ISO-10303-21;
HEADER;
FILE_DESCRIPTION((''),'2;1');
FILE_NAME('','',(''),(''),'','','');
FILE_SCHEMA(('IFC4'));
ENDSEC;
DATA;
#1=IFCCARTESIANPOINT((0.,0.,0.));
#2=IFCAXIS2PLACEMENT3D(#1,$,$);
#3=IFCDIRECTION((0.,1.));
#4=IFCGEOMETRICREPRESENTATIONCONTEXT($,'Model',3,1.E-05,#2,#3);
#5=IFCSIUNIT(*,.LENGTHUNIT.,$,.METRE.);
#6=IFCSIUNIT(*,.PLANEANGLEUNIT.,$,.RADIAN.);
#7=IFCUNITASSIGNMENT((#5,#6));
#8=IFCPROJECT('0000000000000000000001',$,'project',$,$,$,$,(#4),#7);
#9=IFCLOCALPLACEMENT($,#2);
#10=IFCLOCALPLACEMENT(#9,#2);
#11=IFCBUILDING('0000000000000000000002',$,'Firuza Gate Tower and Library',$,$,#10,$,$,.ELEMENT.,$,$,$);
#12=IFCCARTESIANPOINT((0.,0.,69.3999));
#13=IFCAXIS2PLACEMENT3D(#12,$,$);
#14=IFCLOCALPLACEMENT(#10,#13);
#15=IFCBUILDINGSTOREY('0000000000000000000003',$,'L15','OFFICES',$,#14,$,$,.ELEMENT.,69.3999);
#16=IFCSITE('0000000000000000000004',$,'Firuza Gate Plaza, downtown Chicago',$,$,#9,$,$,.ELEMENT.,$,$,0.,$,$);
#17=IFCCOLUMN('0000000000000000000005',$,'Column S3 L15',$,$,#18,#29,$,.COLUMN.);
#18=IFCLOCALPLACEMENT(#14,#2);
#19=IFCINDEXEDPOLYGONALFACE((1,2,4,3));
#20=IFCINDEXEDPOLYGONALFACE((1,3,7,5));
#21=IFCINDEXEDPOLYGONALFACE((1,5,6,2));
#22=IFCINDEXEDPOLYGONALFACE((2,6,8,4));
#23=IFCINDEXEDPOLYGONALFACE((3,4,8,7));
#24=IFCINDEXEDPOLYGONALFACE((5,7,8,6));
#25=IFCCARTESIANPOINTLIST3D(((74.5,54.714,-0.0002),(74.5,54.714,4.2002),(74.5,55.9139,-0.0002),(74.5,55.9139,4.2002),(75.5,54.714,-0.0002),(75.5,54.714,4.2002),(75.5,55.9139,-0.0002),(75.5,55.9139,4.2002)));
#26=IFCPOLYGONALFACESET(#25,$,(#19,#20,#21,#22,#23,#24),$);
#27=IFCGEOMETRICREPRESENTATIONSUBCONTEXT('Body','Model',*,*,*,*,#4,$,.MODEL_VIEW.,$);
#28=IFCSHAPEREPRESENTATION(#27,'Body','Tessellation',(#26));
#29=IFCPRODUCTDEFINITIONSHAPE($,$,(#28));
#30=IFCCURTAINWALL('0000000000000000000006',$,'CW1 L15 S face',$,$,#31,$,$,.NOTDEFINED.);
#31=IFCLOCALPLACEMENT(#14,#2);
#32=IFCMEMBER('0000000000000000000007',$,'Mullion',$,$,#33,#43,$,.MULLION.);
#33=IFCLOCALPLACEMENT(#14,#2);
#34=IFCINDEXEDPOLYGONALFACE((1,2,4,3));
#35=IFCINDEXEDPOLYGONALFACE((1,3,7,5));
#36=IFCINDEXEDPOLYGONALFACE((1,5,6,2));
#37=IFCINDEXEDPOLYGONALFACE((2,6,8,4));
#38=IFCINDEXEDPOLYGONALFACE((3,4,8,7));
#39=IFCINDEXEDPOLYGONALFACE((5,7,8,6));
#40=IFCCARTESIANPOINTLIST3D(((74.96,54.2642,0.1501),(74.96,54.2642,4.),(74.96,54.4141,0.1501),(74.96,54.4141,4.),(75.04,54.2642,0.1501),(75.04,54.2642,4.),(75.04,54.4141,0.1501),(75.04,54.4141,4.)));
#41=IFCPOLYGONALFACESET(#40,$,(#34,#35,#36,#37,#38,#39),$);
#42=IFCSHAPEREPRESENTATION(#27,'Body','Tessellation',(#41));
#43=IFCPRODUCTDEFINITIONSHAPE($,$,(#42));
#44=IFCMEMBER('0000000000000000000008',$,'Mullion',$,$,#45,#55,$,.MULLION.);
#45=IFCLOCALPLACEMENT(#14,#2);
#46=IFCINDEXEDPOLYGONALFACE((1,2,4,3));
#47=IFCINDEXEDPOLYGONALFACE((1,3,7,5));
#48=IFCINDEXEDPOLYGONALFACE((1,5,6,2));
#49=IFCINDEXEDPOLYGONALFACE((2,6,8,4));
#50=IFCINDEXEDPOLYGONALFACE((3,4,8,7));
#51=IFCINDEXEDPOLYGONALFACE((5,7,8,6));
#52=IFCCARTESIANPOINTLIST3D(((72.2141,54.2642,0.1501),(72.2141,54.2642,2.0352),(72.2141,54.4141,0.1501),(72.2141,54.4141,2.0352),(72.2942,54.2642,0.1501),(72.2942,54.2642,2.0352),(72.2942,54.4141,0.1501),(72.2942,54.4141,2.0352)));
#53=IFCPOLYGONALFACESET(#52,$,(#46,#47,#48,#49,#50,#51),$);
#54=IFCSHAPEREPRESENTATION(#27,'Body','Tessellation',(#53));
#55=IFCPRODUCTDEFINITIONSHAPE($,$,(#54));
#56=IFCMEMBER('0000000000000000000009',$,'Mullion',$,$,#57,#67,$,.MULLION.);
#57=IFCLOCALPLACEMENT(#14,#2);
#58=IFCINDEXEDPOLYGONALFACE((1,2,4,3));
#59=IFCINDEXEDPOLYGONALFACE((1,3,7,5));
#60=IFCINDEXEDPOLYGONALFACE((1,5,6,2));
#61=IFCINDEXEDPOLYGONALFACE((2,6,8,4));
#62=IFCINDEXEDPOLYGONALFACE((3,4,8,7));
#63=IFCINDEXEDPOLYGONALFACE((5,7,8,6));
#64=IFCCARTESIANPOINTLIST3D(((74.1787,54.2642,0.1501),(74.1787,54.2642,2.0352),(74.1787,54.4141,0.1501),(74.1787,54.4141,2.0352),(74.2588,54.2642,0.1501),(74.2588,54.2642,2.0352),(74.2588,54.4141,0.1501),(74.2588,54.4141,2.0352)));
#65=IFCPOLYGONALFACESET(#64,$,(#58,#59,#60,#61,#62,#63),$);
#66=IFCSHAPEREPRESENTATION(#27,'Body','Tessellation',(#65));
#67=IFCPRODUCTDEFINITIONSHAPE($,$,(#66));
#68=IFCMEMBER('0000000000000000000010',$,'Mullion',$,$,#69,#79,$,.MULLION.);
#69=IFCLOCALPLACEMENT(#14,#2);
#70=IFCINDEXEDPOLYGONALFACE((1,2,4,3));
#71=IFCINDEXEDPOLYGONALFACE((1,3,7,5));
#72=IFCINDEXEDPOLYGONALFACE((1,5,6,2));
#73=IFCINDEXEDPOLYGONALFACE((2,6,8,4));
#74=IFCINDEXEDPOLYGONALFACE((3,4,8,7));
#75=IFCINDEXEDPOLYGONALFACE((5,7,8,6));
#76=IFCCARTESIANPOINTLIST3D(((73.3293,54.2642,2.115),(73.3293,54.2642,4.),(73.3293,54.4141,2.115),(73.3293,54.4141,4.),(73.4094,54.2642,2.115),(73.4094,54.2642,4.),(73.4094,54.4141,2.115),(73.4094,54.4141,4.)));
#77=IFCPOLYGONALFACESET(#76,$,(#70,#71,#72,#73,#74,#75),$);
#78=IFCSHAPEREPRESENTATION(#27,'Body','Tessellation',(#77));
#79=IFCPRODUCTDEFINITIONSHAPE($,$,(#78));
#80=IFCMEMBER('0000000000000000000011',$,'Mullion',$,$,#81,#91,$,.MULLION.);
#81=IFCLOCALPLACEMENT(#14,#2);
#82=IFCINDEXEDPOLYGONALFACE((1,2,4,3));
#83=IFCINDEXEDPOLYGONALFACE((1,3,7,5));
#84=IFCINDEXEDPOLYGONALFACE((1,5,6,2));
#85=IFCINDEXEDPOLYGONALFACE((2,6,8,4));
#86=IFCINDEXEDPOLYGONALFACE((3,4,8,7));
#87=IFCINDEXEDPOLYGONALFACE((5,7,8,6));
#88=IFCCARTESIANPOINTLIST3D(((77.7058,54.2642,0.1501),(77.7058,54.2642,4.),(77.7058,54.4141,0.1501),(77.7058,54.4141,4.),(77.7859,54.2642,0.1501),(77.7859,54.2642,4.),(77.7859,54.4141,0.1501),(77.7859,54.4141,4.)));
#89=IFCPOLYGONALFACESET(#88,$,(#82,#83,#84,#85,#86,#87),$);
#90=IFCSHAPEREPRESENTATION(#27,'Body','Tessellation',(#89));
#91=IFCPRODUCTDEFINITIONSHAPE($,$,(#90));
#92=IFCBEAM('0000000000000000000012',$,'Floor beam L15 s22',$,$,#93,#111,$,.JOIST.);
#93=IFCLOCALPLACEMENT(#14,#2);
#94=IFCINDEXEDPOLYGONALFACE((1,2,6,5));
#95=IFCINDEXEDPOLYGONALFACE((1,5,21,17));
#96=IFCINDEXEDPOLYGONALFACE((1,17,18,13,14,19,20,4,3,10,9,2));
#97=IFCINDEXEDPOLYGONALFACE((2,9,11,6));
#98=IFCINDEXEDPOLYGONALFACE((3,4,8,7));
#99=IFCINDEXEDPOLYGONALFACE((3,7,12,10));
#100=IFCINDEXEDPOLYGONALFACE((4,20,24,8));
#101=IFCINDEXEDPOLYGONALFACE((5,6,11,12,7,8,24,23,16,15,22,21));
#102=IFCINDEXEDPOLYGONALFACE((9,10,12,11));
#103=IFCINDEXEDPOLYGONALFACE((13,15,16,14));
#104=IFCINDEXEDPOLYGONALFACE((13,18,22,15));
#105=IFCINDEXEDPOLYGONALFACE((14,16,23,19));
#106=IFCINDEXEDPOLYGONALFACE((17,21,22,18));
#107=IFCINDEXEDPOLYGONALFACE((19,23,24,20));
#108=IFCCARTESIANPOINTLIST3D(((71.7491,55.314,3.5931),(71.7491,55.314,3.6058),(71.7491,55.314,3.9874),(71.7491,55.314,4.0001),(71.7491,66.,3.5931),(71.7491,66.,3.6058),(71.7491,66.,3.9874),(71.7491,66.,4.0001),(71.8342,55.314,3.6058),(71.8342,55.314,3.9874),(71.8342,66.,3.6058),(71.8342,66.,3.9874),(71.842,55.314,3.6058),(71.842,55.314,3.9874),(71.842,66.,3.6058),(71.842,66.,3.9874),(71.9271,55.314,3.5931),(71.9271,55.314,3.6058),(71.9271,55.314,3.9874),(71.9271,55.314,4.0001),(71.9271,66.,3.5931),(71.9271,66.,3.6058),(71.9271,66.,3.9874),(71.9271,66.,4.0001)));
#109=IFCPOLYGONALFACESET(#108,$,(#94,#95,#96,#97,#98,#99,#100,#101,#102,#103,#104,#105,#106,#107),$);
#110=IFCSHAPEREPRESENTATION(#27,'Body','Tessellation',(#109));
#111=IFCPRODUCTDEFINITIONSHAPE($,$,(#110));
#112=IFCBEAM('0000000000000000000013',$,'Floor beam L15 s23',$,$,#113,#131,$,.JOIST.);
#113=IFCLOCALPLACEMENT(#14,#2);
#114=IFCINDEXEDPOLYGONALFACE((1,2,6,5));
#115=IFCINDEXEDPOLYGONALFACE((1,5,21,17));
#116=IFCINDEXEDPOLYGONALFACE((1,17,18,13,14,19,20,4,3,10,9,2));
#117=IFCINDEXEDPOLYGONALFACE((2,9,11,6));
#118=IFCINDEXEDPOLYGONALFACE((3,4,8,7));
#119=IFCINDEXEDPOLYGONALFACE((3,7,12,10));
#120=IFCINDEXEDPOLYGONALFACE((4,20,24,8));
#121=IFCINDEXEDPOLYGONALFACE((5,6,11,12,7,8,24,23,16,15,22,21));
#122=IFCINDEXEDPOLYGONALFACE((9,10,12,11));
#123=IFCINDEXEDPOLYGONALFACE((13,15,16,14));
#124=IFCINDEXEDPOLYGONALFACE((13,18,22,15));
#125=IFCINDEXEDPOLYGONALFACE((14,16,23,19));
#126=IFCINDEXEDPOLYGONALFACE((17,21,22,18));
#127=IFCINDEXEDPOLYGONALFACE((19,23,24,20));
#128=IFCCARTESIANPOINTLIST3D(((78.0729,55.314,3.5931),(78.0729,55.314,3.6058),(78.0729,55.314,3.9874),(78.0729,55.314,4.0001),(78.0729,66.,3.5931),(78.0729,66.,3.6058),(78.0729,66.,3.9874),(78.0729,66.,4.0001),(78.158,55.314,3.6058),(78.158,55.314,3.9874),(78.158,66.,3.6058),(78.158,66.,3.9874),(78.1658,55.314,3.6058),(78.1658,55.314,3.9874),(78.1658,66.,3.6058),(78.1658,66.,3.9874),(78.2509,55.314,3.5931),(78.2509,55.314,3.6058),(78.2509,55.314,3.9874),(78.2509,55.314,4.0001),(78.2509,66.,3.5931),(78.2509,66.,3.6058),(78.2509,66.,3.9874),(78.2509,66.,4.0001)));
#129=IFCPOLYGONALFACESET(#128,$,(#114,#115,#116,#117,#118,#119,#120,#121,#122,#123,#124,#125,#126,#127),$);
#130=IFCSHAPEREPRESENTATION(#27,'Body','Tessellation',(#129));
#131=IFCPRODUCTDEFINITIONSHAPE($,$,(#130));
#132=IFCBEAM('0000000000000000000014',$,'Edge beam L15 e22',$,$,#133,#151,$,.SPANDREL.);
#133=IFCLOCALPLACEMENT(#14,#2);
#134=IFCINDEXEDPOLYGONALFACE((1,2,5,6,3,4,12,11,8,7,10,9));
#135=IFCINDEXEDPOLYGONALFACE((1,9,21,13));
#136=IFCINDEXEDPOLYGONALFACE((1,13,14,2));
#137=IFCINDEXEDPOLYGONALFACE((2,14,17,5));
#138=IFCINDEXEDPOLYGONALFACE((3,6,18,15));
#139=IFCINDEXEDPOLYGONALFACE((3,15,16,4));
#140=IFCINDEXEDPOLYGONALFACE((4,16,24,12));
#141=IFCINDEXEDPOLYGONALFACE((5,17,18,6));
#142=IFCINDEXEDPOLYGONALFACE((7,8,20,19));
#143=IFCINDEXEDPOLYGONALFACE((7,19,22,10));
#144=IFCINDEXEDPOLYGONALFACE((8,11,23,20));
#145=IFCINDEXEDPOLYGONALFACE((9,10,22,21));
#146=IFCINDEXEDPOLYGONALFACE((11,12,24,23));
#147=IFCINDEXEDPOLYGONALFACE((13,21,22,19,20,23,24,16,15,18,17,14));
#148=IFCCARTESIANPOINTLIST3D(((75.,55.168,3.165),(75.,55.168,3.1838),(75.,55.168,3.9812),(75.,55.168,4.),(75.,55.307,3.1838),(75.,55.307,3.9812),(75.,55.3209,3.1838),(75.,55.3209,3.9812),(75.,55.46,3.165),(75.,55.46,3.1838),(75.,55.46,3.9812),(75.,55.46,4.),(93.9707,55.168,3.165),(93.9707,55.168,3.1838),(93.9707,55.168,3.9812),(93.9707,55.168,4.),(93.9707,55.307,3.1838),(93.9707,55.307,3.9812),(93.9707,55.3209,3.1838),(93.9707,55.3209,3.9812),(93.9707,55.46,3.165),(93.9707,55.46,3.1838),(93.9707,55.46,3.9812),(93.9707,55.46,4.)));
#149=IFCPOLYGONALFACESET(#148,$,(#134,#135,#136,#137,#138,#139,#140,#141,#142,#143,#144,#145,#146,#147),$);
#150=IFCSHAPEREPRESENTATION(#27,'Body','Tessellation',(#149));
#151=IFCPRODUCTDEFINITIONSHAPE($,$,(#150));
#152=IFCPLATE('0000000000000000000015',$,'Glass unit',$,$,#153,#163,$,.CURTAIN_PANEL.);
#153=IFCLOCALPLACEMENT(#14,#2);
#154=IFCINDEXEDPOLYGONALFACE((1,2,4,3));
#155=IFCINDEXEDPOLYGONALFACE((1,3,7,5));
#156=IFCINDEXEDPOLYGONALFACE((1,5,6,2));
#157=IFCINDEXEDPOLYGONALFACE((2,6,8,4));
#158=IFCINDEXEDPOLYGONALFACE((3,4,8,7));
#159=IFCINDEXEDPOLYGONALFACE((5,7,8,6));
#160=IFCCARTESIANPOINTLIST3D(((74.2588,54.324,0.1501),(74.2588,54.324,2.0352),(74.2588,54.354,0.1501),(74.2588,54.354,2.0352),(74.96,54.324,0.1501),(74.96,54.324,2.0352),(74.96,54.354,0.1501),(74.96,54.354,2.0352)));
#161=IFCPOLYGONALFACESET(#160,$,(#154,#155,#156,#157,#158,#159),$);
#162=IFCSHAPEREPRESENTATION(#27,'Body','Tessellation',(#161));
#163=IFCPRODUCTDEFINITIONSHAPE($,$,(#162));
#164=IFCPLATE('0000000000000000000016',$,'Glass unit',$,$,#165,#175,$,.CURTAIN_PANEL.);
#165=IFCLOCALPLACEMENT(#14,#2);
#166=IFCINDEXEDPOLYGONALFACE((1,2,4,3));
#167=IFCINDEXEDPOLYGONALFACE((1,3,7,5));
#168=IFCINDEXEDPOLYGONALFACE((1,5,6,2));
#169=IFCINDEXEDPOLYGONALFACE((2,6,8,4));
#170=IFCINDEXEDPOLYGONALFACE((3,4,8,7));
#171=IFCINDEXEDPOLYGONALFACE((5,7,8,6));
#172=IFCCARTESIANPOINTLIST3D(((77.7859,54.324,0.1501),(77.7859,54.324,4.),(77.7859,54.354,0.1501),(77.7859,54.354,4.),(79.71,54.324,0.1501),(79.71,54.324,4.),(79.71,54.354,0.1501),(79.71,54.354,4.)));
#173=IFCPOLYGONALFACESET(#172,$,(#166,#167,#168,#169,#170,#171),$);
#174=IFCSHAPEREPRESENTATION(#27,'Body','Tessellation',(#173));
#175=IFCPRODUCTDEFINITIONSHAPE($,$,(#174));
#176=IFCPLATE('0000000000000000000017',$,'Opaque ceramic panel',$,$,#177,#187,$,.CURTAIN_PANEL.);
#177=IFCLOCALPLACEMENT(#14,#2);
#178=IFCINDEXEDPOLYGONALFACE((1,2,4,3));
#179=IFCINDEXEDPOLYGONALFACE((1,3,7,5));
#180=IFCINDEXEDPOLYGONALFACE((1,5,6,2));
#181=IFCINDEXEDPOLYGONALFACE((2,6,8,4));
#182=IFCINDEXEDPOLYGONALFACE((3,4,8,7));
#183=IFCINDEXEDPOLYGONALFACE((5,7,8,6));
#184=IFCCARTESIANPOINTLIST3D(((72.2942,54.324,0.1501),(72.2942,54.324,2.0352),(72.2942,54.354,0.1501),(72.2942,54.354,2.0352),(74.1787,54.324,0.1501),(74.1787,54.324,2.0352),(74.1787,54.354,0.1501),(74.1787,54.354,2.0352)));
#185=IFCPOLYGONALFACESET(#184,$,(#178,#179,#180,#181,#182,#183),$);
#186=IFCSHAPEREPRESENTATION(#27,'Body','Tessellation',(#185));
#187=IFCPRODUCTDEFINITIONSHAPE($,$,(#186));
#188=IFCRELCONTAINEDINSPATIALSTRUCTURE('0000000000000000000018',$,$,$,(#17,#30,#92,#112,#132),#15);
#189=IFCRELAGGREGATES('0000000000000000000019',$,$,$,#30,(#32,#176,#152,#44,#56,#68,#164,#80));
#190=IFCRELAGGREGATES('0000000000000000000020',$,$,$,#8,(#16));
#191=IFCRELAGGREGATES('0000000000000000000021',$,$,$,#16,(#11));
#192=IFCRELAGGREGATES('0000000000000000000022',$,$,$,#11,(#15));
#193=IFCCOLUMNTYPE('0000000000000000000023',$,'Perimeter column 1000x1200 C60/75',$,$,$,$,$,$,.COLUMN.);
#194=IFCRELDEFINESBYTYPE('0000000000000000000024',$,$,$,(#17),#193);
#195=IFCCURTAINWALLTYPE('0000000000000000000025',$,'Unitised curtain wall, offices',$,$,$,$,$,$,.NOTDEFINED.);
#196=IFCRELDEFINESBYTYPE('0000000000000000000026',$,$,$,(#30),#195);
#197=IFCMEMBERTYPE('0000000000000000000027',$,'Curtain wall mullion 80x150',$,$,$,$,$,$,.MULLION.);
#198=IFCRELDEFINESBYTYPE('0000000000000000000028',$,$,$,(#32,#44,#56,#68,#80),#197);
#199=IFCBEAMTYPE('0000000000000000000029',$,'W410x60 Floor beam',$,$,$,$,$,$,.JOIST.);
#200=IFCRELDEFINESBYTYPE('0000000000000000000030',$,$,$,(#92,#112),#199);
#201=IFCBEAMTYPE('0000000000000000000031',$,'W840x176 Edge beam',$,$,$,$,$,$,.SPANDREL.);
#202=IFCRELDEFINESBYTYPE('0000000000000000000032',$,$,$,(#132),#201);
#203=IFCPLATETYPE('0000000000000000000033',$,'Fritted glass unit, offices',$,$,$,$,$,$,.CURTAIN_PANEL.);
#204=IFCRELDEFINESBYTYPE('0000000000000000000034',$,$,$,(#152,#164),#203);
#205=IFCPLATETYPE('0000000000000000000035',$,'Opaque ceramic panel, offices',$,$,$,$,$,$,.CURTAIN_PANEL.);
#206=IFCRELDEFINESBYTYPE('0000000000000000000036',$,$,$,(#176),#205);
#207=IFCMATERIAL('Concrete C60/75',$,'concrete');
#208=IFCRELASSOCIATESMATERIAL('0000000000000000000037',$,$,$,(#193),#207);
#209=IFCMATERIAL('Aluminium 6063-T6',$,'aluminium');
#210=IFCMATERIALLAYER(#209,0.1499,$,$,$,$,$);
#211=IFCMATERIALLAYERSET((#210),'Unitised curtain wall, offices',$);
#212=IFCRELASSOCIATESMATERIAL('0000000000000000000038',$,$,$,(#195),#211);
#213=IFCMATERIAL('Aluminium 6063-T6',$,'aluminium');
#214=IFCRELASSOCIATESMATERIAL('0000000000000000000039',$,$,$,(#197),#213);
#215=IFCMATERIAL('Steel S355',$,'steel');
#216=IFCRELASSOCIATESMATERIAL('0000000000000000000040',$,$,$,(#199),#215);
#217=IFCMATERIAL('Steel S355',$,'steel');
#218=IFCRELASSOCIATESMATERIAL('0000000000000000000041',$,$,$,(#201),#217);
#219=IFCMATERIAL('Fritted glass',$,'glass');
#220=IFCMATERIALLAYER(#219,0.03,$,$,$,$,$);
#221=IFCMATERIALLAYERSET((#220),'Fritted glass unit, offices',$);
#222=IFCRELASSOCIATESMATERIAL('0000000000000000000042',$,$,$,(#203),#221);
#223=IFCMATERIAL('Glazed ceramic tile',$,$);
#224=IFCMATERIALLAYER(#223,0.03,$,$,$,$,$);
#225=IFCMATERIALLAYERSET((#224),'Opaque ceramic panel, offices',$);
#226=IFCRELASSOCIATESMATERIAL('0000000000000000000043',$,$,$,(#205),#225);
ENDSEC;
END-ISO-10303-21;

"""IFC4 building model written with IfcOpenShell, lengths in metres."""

from ifc_helpers import new_model, si_unit, direction, frame, origin, origin_2d, place, context, subcontext, project, spatial, polyline, rectangle, i_section, outline, extrude, material, layer, layer_set, material_profile, profile_set, type_object, element, aggregate, save


model = new_model("IFC4")

# Units and contexts
model_context = context("Model", 3, precision=1e-05, world=origin(), true_north=direction((0.0, 1.0)))
body_context = subcontext(model_context, "Body", "Model", "MODEL_VIEW")
ifc_project = project(units=[si_unit("LENGTHUNIT", "METRE"), si_unit("PLANEANGLEUNIT", "RADIAN")], contexts=[model_context])

# Site, building, storey
site_placement = place(None, origin())
site = spatial("IfcSite", under=ifc_project, at=site_placement, Name="Firuza Gate Plaza, downtown Chicago", CompositionType="ELEMENT", RefElevation=0.0)
building_placement = place(site_placement, origin())
building = spatial("IfcBuilding", under=site, at=building_placement, Name="Firuza Gate Tower and Library", CompositionType="ELEMENT")
storey_placement = place(building_placement, frame((0.0, 0.0, 69.3999)))
storey = spatial("IfcBuildingStorey", under=building, at=storey_placement, Name="L15", Description="OFFICES", CompositionType="ELEMENT", Elevation=69.3999)

# Column
ifc_material_1 = material(Name="Concrete C60/75", Category="concrete")
ifc_material_profile_1 = material_profile(ifc_material_1, rectangle(XDim=1.0, YDim=1.2, at=origin_2d()))
ifc_profile_set_1 = profile_set([ifc_material_profile_1], Name="Concrete C60/75")
column_type = type_object("IfcColumnType", Name="Perimeter column 1000x1200 C60/75", PredefinedType="COLUMN", material=ifc_profile_set_1)
column_placement = place(storey_placement, frame((75.0, 55.314, -0.0002), z_axis=(0.0, 0.0, 1.0), x_axis=(1.0, 0.0, 0.0)))
element("IfcColumn", 1, at=column_placement, inside=storey, type_object=column_type, Name="Column S3 L15", PredefinedType="COLUMN", context=body_context, shape_type="SweptSolid", body=[
    extrude(rectangle(XDim=1.0, YDim=1.2, at=origin_2d()), origin(), (0.0, 0.0, 1.0), 4.2004),
])

# Curtain wall, members
ifc_material_2 = material(Name="Aluminium 6063-T6", Category="aluminium")
ifc_layer_1 = layer(ifc_material_2, 0.1499)
ifc_layer_set_1 = layer_set([ifc_layer_1], Name="Unitised curtain wall, offices")
curtain_wall_type = type_object("IfcCurtainWallType", Name="Unitised curtain wall, offices", PredefinedType="NOTDEFINED", material=ifc_layer_set_1)
curtain_wall_placement = place(storey_placement, origin())
curtain_wall = element("IfcCurtainWall", 2, at=curtain_wall_placement, inside=storey, type_object=curtain_wall_type, Name="CW1 L15 S face", PredefinedType="NOTDEFINED")
ifc_material_3 = material(Name="Aluminium 6063-T6", Category="aluminium")
ifc_material_profile_2 = material_profile(ifc_material_3, rectangle(XDim=0.1499, YDim=0.0801, at=origin_2d()))
ifc_profile_set_2 = profile_set([ifc_material_profile_2], Name="Aluminium 6063-T6")
member_type = type_object("IfcMemberType", Name="Curtain wall mullion 80x150", PredefinedType="MULLION", material=ifc_profile_set_2)
member_1_placement = place(storey_placement, frame((75.0, 54.3391, 0.1501), z_axis=(0.0, 0.0, 1.0), x_axis=(0.0, 1.0, 0.0)))
member_1 = element("IfcMember", 3, at=member_1_placement, type_object=member_type, Name="Mullion", PredefinedType="MULLION", context=body_context, shape_type="SweptSolid", body=[
    extrude(rectangle(XDim=0.1499, YDim=0.0801, at=origin_2d()), origin(), (0.0, 0.0, 1.0), 3.8499),
])
member_2_placement = place(storey_placement, frame((72.2542, 54.3391, 0.1501), z_axis=(0.0, 0.0, 1.0), x_axis=(0.0, 1.0, 0.0)))
member_2 = element("IfcMember", 4, at=member_2_placement, type_object=member_type, Name="Mullion", PredefinedType="MULLION", context=body_context, shape_type="SweptSolid", body=[
    extrude(rectangle(XDim=0.1499, YDim=0.0801, at=origin_2d()), origin(), (0.0, 0.0, 1.0), 1.885),
])
member_3_placement = place(storey_placement, frame((74.2188, 54.3391, 0.1501), z_axis=(0.0, 0.0, 1.0), x_axis=(0.0, 1.0, 0.0)))
member_3 = element("IfcMember", 5, at=member_3_placement, type_object=member_type, Name="Mullion", PredefinedType="MULLION", context=body_context, shape_type="SweptSolid", body=[
    extrude(rectangle(XDim=0.1499, YDim=0.0801, at=origin_2d()), origin(), (0.0, 0.0, 1.0), 1.885),
])
member_4_placement = place(storey_placement, frame((73.3694, 54.3391, 2.115), z_axis=(0.0, 0.0, 1.0), x_axis=(0.0, 1.0, 0.0)))
member_4 = element("IfcMember", 6, at=member_4_placement, type_object=member_type, Name="Mullion", PredefinedType="MULLION", context=body_context, shape_type="SweptSolid", body=[
    extrude(rectangle(XDim=0.1499, YDim=0.0801, at=origin_2d()), origin(), (0.0, 0.0, 1.0), 1.885),
])
member_5_placement = place(storey_placement, frame((77.7458, 54.3391, 0.1501), z_axis=(0.0, 0.0, 1.0), x_axis=(0.0, 1.0, 0.0)))
member_5 = element("IfcMember", 7, at=member_5_placement, type_object=member_type, Name="Mullion", PredefinedType="MULLION", context=body_context, shape_type="SweptSolid", body=[
    extrude(rectangle(XDim=0.1499, YDim=0.0801, at=origin_2d()), origin(), (0.0, 0.0, 1.0), 3.8499),
])

# Beams
ifc_material_4 = material(Name="Steel S355", Category="steel")
ifc_material_profile_3 = material_profile(ifc_material_4, i_section(OverallWidth=0.178, OverallDepth=0.407, WebThickness=0.0078, FlangeThickness=0.0127, at=origin_2d()))
ifc_profile_set_3 = profile_set([ifc_material_profile_3], Name="Steel S355")
beam_type_1 = type_object("IfcBeamType", Name="W410x60 Floor beam", PredefinedType="JOIST", material=ifc_profile_set_3)
for number, where, z_axis, x_axis, name in (
    (8, (71.8381, 55.314, 3.7966), (0.0, 1.0, 0.0), (-1.0, 0.0, 0.0), "Floor beam L15 s22"),
    (9, (78.1619, 55.314, 3.7966), (0.0, 1.0, 0.0), (-1.0, 0.0, 0.0), "Floor beam L15 s23"),
):
    element("IfcBeam", number, at=place(storey_placement, frame(where, z_axis=z_axis, x_axis=x_axis)), inside=storey, type_object=beam_type_1, Name=name, PredefinedType="JOIST", context=body_context, shape_type="SweptSolid", body=[
        extrude(i_section(OverallWidth=0.178, OverallDepth=0.407, WebThickness=0.0078, FlangeThickness=0.0127, at=origin_2d()), origin(), (0.0, 0.0, 1.0), 10.686),
    ])
ifc_material_5 = material(Name="Steel S355", Category="steel")
ifc_material_profile_4 = material_profile(ifc_material_5, i_section(OverallWidth=0.292, OverallDepth=0.835, WebThickness=0.0139, FlangeThickness=0.0188, at=origin_2d()))
ifc_profile_set_4 = profile_set([ifc_material_profile_4], Name="Steel S355")
beam_type_2 = type_object("IfcBeamType", Name="W840x176 Edge beam", PredefinedType="SPANDREL", material=ifc_profile_set_4)
beam_placement = place(storey_placement, frame((75.0, 55.314, 3.5825), z_axis=(1.0, 0.0, 0.0), x_axis=(0.0, 1.0, 0.0)))
element("IfcBeam", 10, at=beam_placement, inside=storey, type_object=beam_type_2, Name="Edge beam L15 e22", PredefinedType="SPANDREL", context=body_context, shape_type="SweptSolid", body=[
    extrude(i_section(OverallWidth=0.292, OverallDepth=0.835, WebThickness=0.0139, FlangeThickness=0.0188, at=origin_2d()), origin(), (0.0, 0.0, 1.0), 18.9707),
])

# Plates
ifc_material_6 = material(Name="Fritted glass", Category="glass")
ifc_layer_2 = layer(ifc_material_6, 0.03)
ifc_layer_set_2 = layer_set([ifc_layer_2], Name="Fritted glass unit, offices")
plate_type_1 = type_object("IfcPlateType", Name="Fritted glass unit, offices", PredefinedType="CURTAIN_PANEL", material=ifc_layer_set_2)
plate_1_placement = place(storey_placement, frame((74.2588, 54.324, 0.1501), z_axis=(0.0, -1.0, 0.0), x_axis=(1.0, 0.0, 0.0)))
plate_1 = element("IfcPlate", 11, at=plate_1_placement, type_object=plate_type_1, Name="Glass unit", PredefinedType="CURTAIN_PANEL", context=body_context, shape_type="SweptSolid", body=[
    extrude(outline(polyline([(0.0, 0.0), (0.7012, 0.0), (0.7012, 1.885), (0.0, 1.885), (0.0, 0.0)])), origin(), (0.0, 0.0, -1.0), 0.03),
])
plate_2_placement = place(storey_placement, frame((77.7859, 54.324, 0.1501), z_axis=(0.0, -1.0, 0.0), x_axis=(1.0, 0.0, 0.0)))
plate_2 = element("IfcPlate", 12, at=plate_2_placement, type_object=plate_type_1, Name="Glass unit", PredefinedType="CURTAIN_PANEL", context=body_context, shape_type="SweptSolid", body=[
    extrude(outline(polyline([(0.0, 0.0), (1.9241, 0.0), (1.9241, 3.8499), (0.0, 3.8499), (0.0, 0.0)])), origin(), (0.0, 0.0, -1.0), 0.03),
])
ifc_material_7 = material(Name="Glazed ceramic tile")
ifc_layer_3 = layer(ifc_material_7, 0.03)
ifc_layer_set_3 = layer_set([ifc_layer_3], Name="Opaque ceramic panel, offices")
plate_type_2 = type_object("IfcPlateType", Name="Opaque ceramic panel, offices", PredefinedType="CURTAIN_PANEL", material=ifc_layer_set_3)
plate_3_placement = place(storey_placement, frame((72.2942, 54.324, 0.1501), z_axis=(0.0, -1.0, 0.0), x_axis=(1.0, 0.0, 0.0)))
plate_3 = element("IfcPlate", 13, at=plate_3_placement, type_object=plate_type_2, Name="Opaque ceramic panel", PredefinedType="CURTAIN_PANEL", context=body_context, shape_type="SweptSolid", body=[
    extrude(outline(polyline([(0.0, 0.0), (1.8845, 0.0), (1.8845, 1.885), (0.0, 1.885), (0.0, 0.0)])), origin(), (0.0, 0.0, -1.0), 0.03),
])
aggregate(curtain_wall, [member_1, plate_3, plate_1, member_2, member_3, member_4, plate_2, member_5])

save(model, "model.ifc")
